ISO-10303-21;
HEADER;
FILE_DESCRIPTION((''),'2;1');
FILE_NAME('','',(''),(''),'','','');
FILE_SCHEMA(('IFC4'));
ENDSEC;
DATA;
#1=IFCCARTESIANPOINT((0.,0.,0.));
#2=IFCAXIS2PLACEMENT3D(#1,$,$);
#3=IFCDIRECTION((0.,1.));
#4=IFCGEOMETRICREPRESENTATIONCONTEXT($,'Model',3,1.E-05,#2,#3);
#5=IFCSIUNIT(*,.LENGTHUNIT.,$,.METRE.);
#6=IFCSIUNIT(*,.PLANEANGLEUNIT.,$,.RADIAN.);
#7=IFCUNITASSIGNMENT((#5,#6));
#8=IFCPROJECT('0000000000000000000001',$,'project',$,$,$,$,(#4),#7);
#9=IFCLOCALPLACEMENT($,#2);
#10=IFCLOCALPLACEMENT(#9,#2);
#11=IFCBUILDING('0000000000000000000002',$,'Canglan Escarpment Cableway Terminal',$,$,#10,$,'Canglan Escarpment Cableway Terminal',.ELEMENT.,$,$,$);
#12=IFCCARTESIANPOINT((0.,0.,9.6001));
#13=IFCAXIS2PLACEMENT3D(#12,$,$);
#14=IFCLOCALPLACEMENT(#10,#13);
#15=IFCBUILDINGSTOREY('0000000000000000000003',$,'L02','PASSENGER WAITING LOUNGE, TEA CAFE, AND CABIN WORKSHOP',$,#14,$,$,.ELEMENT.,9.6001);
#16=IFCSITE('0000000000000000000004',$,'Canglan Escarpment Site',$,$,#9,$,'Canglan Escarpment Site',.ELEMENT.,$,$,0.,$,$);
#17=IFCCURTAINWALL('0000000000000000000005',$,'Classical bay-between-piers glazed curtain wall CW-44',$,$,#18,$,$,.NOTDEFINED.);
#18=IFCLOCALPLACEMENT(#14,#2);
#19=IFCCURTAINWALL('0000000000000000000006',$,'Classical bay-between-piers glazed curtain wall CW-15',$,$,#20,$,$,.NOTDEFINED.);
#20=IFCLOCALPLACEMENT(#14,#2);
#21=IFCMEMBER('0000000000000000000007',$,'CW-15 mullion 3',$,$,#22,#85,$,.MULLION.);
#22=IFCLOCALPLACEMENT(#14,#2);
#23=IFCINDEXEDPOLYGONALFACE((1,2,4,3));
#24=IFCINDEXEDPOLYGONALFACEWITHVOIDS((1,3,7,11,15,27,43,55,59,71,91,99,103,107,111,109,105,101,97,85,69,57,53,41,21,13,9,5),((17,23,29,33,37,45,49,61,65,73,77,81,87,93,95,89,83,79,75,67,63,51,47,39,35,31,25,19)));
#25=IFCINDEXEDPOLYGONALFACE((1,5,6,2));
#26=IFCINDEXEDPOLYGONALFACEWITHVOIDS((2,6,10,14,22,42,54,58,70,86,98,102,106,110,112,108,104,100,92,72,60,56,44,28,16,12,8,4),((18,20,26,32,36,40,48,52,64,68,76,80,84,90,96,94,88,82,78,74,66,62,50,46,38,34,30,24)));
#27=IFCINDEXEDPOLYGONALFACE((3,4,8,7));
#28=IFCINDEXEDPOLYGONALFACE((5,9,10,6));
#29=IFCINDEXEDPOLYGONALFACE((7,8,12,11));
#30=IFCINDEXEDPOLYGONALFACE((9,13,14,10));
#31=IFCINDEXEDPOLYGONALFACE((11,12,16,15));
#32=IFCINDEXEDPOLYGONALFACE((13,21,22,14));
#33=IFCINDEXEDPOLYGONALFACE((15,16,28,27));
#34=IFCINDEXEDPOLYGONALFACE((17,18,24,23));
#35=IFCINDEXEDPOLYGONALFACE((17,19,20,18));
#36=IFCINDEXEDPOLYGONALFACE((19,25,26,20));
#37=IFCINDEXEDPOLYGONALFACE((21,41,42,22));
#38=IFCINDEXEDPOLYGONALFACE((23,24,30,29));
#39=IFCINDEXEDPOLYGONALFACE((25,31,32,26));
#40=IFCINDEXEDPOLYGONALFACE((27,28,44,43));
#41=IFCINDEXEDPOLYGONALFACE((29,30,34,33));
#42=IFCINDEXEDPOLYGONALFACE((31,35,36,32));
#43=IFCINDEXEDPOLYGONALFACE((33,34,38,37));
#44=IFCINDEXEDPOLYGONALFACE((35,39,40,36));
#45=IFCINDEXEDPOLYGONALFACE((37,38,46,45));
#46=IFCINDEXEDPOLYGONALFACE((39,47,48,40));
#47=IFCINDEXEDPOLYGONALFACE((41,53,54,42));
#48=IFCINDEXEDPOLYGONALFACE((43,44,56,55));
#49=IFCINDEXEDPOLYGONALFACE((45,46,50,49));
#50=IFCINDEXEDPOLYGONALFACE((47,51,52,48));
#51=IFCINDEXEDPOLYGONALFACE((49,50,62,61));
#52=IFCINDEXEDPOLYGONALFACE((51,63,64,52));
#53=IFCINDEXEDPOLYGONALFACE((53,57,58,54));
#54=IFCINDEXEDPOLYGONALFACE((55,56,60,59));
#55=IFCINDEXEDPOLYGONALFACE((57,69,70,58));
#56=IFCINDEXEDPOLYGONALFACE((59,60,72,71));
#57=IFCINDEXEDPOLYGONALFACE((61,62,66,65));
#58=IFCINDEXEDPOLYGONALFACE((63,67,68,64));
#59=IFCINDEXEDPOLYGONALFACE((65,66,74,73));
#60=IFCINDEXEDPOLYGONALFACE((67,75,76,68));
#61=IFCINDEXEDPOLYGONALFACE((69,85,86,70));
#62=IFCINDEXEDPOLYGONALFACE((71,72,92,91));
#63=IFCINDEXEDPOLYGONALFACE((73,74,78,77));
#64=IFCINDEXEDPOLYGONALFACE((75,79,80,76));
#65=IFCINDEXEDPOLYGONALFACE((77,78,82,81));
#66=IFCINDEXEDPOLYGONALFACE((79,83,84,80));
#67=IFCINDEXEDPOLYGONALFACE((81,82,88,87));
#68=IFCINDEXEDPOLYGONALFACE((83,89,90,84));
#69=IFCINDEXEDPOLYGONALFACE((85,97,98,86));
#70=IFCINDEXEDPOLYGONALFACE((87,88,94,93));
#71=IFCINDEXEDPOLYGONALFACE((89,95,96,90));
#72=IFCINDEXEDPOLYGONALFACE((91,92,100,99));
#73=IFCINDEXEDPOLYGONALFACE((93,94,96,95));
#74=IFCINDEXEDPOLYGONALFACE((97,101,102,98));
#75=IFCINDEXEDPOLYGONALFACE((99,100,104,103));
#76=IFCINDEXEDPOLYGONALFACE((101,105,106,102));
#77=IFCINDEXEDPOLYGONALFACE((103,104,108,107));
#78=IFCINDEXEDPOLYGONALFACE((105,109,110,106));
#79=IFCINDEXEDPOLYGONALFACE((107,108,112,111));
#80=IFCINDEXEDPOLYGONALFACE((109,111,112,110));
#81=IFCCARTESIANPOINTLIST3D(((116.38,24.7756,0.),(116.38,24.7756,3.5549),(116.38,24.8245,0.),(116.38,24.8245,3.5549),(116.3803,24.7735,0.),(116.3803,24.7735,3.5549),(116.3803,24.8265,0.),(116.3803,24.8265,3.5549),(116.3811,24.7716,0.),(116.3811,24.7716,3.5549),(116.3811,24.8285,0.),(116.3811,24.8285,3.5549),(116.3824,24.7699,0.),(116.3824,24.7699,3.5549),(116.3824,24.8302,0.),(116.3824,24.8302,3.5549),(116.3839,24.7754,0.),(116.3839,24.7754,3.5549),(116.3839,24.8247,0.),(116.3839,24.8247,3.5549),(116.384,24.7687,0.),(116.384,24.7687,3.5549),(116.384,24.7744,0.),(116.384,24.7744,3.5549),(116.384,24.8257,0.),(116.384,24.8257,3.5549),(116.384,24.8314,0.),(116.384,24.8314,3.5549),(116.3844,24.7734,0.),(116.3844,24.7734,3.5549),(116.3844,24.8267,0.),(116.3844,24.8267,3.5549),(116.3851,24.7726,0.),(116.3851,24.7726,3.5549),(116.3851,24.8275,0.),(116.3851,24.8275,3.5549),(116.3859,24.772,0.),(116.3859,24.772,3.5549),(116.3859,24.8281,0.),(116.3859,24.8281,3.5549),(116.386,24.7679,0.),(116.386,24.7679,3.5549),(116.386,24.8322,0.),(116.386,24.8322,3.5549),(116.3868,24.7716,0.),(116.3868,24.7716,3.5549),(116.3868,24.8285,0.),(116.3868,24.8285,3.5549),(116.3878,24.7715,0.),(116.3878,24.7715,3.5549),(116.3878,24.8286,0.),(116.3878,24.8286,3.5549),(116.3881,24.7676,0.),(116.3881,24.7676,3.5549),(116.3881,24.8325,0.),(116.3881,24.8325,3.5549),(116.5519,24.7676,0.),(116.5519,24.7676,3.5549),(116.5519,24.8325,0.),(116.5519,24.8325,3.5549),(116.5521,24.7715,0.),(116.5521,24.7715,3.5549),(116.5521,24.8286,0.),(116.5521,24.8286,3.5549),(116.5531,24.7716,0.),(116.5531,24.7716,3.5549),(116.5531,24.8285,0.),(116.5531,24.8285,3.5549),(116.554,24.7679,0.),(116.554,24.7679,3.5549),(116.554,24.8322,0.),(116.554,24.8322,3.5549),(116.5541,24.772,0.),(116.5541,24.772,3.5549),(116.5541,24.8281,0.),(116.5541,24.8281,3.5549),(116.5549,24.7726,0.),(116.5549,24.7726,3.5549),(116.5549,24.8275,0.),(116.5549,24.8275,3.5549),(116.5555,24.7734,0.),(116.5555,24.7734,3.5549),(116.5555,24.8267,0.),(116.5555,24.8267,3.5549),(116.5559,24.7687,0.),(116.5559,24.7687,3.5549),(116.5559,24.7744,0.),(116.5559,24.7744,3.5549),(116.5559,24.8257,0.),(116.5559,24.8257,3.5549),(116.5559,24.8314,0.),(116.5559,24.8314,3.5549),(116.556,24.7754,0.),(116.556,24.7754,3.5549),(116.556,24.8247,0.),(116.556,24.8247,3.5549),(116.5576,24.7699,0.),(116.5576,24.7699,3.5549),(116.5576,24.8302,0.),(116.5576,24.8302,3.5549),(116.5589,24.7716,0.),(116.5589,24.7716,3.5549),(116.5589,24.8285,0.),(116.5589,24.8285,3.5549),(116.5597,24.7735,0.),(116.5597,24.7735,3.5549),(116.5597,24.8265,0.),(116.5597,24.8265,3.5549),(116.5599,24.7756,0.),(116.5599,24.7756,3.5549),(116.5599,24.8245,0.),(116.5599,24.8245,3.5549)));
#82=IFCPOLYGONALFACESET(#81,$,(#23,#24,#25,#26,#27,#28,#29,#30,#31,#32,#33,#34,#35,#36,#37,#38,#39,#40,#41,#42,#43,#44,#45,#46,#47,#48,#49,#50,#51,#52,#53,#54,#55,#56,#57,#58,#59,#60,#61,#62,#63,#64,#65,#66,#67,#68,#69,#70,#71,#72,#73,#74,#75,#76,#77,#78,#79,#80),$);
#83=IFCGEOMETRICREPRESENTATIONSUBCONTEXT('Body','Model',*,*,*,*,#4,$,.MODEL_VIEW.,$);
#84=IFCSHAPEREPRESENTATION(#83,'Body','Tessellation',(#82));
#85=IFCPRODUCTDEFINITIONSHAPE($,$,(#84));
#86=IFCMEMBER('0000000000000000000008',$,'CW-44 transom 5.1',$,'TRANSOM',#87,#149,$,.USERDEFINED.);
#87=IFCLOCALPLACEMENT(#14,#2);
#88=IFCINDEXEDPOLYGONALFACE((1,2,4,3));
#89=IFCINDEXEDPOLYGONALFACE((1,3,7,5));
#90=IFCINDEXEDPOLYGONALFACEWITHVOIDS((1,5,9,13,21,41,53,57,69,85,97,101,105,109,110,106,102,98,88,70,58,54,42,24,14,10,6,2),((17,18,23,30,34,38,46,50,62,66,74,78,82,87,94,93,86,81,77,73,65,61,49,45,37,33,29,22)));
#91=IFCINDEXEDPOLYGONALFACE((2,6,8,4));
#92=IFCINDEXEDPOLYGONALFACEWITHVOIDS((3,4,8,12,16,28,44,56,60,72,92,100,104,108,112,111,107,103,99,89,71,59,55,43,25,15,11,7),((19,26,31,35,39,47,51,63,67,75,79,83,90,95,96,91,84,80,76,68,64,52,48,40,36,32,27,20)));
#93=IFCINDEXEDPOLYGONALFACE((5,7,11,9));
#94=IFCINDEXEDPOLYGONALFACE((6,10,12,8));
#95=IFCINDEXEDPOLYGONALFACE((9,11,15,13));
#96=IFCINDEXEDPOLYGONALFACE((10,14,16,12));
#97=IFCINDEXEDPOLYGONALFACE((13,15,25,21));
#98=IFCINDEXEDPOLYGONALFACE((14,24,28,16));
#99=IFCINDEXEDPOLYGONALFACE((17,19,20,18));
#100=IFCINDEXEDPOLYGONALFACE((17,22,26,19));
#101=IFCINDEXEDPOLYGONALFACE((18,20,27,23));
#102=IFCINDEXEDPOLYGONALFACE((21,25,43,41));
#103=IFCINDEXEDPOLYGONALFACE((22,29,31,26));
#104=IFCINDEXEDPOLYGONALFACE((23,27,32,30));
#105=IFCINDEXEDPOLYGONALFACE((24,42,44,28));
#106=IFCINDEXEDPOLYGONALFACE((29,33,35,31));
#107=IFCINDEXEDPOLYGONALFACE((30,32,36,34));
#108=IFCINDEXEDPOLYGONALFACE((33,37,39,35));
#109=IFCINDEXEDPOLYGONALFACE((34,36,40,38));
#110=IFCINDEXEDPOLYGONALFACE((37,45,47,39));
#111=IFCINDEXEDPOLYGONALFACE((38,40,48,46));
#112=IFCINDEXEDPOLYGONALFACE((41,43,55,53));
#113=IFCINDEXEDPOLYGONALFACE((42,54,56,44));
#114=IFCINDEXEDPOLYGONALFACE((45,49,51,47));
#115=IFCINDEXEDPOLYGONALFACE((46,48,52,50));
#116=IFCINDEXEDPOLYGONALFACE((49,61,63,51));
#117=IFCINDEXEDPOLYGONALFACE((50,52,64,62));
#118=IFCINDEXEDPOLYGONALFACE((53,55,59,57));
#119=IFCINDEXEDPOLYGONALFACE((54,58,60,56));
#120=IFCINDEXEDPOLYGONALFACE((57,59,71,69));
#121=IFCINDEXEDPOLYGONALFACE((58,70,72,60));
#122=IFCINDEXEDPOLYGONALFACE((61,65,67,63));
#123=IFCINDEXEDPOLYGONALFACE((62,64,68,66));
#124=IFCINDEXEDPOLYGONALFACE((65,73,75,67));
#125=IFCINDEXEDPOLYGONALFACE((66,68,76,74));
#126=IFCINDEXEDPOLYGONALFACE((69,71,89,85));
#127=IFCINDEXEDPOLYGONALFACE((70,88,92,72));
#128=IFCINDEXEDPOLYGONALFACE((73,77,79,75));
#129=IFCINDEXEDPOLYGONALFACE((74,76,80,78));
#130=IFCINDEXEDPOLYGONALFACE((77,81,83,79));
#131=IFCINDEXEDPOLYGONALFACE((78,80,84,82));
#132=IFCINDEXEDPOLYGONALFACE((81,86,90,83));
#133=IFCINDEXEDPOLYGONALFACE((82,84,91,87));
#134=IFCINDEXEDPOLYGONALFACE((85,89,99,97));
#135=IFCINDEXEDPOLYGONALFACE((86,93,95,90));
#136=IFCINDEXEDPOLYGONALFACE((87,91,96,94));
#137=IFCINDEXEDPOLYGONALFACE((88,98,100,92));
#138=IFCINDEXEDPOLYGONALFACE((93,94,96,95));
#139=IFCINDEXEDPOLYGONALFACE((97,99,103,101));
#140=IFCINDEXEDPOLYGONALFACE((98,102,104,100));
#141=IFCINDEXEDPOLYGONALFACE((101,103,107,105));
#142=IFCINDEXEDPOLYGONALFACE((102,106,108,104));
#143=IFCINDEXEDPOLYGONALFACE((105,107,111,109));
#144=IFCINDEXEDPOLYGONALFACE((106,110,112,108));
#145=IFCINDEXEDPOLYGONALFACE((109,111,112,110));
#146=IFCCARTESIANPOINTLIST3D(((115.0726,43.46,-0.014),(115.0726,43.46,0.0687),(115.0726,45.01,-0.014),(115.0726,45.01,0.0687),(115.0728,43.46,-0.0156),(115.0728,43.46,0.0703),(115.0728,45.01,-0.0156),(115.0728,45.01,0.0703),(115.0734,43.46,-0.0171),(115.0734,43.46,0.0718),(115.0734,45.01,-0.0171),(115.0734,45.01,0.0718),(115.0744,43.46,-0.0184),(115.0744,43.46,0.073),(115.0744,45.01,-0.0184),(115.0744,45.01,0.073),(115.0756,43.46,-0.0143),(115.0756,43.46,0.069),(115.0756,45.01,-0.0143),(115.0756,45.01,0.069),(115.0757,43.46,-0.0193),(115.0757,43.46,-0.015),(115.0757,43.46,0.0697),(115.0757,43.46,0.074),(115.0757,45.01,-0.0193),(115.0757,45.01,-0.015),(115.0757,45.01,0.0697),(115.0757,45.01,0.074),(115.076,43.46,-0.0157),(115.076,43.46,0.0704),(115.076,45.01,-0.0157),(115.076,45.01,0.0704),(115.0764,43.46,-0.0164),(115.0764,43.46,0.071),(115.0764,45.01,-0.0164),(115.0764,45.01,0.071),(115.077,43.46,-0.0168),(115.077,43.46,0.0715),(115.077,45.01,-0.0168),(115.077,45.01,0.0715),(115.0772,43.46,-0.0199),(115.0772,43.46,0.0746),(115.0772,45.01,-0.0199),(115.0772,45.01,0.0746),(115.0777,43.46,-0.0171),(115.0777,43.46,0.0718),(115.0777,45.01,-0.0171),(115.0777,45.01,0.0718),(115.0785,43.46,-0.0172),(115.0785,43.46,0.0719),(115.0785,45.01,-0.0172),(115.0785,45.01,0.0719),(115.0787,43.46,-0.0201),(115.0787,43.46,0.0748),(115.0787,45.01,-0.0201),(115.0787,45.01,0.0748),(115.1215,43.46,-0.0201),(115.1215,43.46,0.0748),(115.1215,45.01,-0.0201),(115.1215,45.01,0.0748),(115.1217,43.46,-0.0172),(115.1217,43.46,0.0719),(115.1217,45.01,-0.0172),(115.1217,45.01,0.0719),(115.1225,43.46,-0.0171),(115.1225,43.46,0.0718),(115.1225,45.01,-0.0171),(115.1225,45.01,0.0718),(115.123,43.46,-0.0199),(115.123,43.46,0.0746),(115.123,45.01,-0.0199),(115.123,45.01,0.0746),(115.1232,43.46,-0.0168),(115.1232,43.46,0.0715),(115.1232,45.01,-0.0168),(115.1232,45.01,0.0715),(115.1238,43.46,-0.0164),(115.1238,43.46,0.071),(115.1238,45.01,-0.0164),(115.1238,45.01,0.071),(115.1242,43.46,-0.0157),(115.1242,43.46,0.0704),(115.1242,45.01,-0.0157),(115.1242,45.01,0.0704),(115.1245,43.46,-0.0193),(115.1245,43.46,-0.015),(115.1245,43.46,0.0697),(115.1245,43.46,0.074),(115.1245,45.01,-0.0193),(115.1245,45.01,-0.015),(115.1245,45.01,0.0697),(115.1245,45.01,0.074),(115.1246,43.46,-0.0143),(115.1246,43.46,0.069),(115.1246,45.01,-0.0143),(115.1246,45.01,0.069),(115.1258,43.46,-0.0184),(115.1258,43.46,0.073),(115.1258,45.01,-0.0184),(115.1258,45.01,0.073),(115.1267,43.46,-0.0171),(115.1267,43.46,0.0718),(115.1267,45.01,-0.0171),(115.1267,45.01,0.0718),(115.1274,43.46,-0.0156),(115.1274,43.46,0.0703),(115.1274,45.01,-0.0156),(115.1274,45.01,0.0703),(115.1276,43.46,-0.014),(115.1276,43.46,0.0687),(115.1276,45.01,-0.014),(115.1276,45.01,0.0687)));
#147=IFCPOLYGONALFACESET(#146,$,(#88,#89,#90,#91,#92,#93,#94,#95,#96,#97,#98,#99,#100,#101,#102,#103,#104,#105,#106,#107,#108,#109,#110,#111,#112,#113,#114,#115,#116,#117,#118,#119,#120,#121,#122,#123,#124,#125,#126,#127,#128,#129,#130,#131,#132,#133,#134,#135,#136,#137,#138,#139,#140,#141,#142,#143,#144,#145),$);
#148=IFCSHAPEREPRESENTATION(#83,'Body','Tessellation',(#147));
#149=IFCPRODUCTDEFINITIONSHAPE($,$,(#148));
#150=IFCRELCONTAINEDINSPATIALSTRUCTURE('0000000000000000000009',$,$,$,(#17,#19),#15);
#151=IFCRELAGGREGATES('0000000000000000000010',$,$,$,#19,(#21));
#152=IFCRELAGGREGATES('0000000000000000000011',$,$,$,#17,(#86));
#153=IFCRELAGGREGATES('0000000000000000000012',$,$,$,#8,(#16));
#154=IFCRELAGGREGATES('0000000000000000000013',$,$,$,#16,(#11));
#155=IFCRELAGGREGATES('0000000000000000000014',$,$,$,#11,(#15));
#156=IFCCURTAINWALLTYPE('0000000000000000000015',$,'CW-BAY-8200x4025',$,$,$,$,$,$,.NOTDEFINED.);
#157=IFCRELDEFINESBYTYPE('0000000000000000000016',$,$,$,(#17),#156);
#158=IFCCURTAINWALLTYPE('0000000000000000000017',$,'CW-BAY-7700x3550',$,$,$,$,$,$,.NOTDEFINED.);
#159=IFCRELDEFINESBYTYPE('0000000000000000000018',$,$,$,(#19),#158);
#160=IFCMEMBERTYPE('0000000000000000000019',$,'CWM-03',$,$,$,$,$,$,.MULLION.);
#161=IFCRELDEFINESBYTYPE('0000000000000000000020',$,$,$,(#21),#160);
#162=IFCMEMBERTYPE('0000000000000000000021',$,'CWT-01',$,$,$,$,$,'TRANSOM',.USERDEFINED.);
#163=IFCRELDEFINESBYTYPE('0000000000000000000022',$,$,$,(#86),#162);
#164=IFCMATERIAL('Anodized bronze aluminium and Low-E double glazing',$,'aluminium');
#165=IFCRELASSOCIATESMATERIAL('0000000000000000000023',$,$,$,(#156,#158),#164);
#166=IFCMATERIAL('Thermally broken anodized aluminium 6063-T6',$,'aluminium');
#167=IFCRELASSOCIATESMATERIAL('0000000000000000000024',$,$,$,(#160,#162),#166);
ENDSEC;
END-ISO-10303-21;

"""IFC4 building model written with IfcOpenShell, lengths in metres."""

from ifc_helpers import new_model, si_unit, direction, frame, origin, origin_2d, place, context, subcontext, project, spatial, hollow_rectangle, extrude, material, material_profile, profile_set, type_object, element, aggregate, save


model = new_model("IFC4")

# Units and contexts
model_context = context("Model", 3, precision=1e-05, world=origin(), true_north=direction((0.0, 1.0)))
body_context = subcontext(model_context, "Body", "Model", "MODEL_VIEW")
ifc_project = project(units=[si_unit("LENGTHUNIT", "METRE"), si_unit("PLANEANGLEUNIT", "RADIAN")], contexts=[model_context])

# Site, building, storey
site_placement = place(None, origin())
site = spatial("IfcSite", under=ifc_project, at=site_placement, Name="Canglan Escarpment Site", LongName="Canglan Escarpment Site", CompositionType="ELEMENT", RefElevation=0.0)
building_placement = place(site_placement, origin())
building = spatial("IfcBuilding", under=site, at=building_placement, Name="Canglan Escarpment Cableway Terminal", LongName="Canglan Escarpment Cableway Terminal", CompositionType="ELEMENT")
storey_placement = place(building_placement, frame((0.0, 0.0, 9.6001)))
storey = spatial("IfcBuildingStorey", under=building, at=storey_placement, Name="L02", Description="PASSENGER WAITING LOUNGE, TEA CAFE, AND CABIN WORKSHOP", CompositionType="ELEMENT", Elevation=9.6001)

# Curtain walls, member
ifc_material_1 = material(Name="Anodized bronze aluminium and Low-E double glazing", Category="aluminium")
curtain_wall_type_1 = type_object("IfcCurtainWallType", Name="CW-BAY-8200x4025", PredefinedType="NOTDEFINED", material=ifc_material_1)
curtain_wall_1_placement = place(storey_placement, origin())
curtain_wall_1 = element("IfcCurtainWall", 1, at=curtain_wall_1_placement, inside=storey, type_object=curtain_wall_type_1, Name="Classical bay-between-piers glazed curtain wall CW-44", PredefinedType="NOTDEFINED")
ifc_material_2 = material(Name="Thermally broken anodized aluminium 6063-T6", Category="aluminium")
curtain_wall_type_2 = type_object("IfcCurtainWallType", Name="CW-BAY-7700x3550", PredefinedType="NOTDEFINED", material=ifc_material_1)
curtain_wall_2_placement = place(storey_placement, origin())
curtain_wall_2 = element("IfcCurtainWall", 2, at=curtain_wall_2_placement, inside=storey, type_object=curtain_wall_type_2, Name="Classical bay-between-piers glazed curtain wall CW-15", PredefinedType="NOTDEFINED")
ifc_material_profile_1 = material_profile(ifc_material_2, hollow_rectangle(XDim=0.0649, YDim=0.1799, WallThickness=0.0039, InnerFilletRadius=0.0039, OuterFilletRadius=0.0081, at=origin_2d()), Name="ALU-MULL 65x180x4")
ifc_profile_set_1 = profile_set([ifc_material_profile_1], Name="Thermally broken anodized aluminium 6063-T6")
member_type_1 = type_object("IfcMemberType", Name="CWM-03", PredefinedType="MULLION", material=ifc_profile_set_1)
member_1_placement = place(storey_placement, frame((116.47, 24.8, 0.0), z_axis=(0.0, 0.0, 1.0), x_axis=(0.0, -1.0, 0.0)))
member_1 = element("IfcMember", 3, at=member_1_placement, type_object=member_type_1, Name="CW-15 mullion 3", PredefinedType="MULLION", context=body_context, shape_type="SweptSolid", body=[
    extrude(hollow_rectangle(XDim=0.0649, YDim=0.1799, WallThickness=0.0039, InnerFilletRadius=0.0039, OuterFilletRadius=0.0081, at=origin_2d()), origin(), (0.0, 0.0, 1.0), 3.5549),
])

# Member
ifc_material_profile_2 = material_profile(ifc_material_2, hollow_rectangle(XDim=0.0549, YDim=0.095, WallThickness=0.0029, InnerFilletRadius=0.0029, OuterFilletRadius=0.0061, at=origin_2d()), Name="ALU-TRAN 55x95x3")
ifc_profile_set_2 = profile_set([ifc_material_profile_2], Name="Thermally broken anodized aluminium 6063-T6")
member_type_2 = type_object("IfcMemberType", Name="CWT-01", ElementType="TRANSOM", PredefinedType="USERDEFINED", material=ifc_profile_set_2)
member_2_placement = place(storey_placement, frame((115.1001, 45.01, 0.0273), z_axis=(0.0, -1.0, 0.0), x_axis=(1.0, 0.0, 0.0)))
member_2 = element("IfcMember", 4, at=member_2_placement, type_object=member_type_2, Name="CW-44 transom 5.1", ObjectType="TRANSOM", PredefinedType="USERDEFINED", context=body_context, shape_type="SweptSolid", body=[
    extrude(hollow_rectangle(XDim=0.0549, YDim=0.095, WallThickness=0.0029, InnerFilletRadius=0.0029, OuterFilletRadius=0.0061, at=origin_2d()), origin(), (0.0, 0.0, 1.0), 1.55),
])

aggregate(curtain_wall_2, [member_1])
aggregate(curtain_wall_1, [member_2])

save(model, "model.ifc")
